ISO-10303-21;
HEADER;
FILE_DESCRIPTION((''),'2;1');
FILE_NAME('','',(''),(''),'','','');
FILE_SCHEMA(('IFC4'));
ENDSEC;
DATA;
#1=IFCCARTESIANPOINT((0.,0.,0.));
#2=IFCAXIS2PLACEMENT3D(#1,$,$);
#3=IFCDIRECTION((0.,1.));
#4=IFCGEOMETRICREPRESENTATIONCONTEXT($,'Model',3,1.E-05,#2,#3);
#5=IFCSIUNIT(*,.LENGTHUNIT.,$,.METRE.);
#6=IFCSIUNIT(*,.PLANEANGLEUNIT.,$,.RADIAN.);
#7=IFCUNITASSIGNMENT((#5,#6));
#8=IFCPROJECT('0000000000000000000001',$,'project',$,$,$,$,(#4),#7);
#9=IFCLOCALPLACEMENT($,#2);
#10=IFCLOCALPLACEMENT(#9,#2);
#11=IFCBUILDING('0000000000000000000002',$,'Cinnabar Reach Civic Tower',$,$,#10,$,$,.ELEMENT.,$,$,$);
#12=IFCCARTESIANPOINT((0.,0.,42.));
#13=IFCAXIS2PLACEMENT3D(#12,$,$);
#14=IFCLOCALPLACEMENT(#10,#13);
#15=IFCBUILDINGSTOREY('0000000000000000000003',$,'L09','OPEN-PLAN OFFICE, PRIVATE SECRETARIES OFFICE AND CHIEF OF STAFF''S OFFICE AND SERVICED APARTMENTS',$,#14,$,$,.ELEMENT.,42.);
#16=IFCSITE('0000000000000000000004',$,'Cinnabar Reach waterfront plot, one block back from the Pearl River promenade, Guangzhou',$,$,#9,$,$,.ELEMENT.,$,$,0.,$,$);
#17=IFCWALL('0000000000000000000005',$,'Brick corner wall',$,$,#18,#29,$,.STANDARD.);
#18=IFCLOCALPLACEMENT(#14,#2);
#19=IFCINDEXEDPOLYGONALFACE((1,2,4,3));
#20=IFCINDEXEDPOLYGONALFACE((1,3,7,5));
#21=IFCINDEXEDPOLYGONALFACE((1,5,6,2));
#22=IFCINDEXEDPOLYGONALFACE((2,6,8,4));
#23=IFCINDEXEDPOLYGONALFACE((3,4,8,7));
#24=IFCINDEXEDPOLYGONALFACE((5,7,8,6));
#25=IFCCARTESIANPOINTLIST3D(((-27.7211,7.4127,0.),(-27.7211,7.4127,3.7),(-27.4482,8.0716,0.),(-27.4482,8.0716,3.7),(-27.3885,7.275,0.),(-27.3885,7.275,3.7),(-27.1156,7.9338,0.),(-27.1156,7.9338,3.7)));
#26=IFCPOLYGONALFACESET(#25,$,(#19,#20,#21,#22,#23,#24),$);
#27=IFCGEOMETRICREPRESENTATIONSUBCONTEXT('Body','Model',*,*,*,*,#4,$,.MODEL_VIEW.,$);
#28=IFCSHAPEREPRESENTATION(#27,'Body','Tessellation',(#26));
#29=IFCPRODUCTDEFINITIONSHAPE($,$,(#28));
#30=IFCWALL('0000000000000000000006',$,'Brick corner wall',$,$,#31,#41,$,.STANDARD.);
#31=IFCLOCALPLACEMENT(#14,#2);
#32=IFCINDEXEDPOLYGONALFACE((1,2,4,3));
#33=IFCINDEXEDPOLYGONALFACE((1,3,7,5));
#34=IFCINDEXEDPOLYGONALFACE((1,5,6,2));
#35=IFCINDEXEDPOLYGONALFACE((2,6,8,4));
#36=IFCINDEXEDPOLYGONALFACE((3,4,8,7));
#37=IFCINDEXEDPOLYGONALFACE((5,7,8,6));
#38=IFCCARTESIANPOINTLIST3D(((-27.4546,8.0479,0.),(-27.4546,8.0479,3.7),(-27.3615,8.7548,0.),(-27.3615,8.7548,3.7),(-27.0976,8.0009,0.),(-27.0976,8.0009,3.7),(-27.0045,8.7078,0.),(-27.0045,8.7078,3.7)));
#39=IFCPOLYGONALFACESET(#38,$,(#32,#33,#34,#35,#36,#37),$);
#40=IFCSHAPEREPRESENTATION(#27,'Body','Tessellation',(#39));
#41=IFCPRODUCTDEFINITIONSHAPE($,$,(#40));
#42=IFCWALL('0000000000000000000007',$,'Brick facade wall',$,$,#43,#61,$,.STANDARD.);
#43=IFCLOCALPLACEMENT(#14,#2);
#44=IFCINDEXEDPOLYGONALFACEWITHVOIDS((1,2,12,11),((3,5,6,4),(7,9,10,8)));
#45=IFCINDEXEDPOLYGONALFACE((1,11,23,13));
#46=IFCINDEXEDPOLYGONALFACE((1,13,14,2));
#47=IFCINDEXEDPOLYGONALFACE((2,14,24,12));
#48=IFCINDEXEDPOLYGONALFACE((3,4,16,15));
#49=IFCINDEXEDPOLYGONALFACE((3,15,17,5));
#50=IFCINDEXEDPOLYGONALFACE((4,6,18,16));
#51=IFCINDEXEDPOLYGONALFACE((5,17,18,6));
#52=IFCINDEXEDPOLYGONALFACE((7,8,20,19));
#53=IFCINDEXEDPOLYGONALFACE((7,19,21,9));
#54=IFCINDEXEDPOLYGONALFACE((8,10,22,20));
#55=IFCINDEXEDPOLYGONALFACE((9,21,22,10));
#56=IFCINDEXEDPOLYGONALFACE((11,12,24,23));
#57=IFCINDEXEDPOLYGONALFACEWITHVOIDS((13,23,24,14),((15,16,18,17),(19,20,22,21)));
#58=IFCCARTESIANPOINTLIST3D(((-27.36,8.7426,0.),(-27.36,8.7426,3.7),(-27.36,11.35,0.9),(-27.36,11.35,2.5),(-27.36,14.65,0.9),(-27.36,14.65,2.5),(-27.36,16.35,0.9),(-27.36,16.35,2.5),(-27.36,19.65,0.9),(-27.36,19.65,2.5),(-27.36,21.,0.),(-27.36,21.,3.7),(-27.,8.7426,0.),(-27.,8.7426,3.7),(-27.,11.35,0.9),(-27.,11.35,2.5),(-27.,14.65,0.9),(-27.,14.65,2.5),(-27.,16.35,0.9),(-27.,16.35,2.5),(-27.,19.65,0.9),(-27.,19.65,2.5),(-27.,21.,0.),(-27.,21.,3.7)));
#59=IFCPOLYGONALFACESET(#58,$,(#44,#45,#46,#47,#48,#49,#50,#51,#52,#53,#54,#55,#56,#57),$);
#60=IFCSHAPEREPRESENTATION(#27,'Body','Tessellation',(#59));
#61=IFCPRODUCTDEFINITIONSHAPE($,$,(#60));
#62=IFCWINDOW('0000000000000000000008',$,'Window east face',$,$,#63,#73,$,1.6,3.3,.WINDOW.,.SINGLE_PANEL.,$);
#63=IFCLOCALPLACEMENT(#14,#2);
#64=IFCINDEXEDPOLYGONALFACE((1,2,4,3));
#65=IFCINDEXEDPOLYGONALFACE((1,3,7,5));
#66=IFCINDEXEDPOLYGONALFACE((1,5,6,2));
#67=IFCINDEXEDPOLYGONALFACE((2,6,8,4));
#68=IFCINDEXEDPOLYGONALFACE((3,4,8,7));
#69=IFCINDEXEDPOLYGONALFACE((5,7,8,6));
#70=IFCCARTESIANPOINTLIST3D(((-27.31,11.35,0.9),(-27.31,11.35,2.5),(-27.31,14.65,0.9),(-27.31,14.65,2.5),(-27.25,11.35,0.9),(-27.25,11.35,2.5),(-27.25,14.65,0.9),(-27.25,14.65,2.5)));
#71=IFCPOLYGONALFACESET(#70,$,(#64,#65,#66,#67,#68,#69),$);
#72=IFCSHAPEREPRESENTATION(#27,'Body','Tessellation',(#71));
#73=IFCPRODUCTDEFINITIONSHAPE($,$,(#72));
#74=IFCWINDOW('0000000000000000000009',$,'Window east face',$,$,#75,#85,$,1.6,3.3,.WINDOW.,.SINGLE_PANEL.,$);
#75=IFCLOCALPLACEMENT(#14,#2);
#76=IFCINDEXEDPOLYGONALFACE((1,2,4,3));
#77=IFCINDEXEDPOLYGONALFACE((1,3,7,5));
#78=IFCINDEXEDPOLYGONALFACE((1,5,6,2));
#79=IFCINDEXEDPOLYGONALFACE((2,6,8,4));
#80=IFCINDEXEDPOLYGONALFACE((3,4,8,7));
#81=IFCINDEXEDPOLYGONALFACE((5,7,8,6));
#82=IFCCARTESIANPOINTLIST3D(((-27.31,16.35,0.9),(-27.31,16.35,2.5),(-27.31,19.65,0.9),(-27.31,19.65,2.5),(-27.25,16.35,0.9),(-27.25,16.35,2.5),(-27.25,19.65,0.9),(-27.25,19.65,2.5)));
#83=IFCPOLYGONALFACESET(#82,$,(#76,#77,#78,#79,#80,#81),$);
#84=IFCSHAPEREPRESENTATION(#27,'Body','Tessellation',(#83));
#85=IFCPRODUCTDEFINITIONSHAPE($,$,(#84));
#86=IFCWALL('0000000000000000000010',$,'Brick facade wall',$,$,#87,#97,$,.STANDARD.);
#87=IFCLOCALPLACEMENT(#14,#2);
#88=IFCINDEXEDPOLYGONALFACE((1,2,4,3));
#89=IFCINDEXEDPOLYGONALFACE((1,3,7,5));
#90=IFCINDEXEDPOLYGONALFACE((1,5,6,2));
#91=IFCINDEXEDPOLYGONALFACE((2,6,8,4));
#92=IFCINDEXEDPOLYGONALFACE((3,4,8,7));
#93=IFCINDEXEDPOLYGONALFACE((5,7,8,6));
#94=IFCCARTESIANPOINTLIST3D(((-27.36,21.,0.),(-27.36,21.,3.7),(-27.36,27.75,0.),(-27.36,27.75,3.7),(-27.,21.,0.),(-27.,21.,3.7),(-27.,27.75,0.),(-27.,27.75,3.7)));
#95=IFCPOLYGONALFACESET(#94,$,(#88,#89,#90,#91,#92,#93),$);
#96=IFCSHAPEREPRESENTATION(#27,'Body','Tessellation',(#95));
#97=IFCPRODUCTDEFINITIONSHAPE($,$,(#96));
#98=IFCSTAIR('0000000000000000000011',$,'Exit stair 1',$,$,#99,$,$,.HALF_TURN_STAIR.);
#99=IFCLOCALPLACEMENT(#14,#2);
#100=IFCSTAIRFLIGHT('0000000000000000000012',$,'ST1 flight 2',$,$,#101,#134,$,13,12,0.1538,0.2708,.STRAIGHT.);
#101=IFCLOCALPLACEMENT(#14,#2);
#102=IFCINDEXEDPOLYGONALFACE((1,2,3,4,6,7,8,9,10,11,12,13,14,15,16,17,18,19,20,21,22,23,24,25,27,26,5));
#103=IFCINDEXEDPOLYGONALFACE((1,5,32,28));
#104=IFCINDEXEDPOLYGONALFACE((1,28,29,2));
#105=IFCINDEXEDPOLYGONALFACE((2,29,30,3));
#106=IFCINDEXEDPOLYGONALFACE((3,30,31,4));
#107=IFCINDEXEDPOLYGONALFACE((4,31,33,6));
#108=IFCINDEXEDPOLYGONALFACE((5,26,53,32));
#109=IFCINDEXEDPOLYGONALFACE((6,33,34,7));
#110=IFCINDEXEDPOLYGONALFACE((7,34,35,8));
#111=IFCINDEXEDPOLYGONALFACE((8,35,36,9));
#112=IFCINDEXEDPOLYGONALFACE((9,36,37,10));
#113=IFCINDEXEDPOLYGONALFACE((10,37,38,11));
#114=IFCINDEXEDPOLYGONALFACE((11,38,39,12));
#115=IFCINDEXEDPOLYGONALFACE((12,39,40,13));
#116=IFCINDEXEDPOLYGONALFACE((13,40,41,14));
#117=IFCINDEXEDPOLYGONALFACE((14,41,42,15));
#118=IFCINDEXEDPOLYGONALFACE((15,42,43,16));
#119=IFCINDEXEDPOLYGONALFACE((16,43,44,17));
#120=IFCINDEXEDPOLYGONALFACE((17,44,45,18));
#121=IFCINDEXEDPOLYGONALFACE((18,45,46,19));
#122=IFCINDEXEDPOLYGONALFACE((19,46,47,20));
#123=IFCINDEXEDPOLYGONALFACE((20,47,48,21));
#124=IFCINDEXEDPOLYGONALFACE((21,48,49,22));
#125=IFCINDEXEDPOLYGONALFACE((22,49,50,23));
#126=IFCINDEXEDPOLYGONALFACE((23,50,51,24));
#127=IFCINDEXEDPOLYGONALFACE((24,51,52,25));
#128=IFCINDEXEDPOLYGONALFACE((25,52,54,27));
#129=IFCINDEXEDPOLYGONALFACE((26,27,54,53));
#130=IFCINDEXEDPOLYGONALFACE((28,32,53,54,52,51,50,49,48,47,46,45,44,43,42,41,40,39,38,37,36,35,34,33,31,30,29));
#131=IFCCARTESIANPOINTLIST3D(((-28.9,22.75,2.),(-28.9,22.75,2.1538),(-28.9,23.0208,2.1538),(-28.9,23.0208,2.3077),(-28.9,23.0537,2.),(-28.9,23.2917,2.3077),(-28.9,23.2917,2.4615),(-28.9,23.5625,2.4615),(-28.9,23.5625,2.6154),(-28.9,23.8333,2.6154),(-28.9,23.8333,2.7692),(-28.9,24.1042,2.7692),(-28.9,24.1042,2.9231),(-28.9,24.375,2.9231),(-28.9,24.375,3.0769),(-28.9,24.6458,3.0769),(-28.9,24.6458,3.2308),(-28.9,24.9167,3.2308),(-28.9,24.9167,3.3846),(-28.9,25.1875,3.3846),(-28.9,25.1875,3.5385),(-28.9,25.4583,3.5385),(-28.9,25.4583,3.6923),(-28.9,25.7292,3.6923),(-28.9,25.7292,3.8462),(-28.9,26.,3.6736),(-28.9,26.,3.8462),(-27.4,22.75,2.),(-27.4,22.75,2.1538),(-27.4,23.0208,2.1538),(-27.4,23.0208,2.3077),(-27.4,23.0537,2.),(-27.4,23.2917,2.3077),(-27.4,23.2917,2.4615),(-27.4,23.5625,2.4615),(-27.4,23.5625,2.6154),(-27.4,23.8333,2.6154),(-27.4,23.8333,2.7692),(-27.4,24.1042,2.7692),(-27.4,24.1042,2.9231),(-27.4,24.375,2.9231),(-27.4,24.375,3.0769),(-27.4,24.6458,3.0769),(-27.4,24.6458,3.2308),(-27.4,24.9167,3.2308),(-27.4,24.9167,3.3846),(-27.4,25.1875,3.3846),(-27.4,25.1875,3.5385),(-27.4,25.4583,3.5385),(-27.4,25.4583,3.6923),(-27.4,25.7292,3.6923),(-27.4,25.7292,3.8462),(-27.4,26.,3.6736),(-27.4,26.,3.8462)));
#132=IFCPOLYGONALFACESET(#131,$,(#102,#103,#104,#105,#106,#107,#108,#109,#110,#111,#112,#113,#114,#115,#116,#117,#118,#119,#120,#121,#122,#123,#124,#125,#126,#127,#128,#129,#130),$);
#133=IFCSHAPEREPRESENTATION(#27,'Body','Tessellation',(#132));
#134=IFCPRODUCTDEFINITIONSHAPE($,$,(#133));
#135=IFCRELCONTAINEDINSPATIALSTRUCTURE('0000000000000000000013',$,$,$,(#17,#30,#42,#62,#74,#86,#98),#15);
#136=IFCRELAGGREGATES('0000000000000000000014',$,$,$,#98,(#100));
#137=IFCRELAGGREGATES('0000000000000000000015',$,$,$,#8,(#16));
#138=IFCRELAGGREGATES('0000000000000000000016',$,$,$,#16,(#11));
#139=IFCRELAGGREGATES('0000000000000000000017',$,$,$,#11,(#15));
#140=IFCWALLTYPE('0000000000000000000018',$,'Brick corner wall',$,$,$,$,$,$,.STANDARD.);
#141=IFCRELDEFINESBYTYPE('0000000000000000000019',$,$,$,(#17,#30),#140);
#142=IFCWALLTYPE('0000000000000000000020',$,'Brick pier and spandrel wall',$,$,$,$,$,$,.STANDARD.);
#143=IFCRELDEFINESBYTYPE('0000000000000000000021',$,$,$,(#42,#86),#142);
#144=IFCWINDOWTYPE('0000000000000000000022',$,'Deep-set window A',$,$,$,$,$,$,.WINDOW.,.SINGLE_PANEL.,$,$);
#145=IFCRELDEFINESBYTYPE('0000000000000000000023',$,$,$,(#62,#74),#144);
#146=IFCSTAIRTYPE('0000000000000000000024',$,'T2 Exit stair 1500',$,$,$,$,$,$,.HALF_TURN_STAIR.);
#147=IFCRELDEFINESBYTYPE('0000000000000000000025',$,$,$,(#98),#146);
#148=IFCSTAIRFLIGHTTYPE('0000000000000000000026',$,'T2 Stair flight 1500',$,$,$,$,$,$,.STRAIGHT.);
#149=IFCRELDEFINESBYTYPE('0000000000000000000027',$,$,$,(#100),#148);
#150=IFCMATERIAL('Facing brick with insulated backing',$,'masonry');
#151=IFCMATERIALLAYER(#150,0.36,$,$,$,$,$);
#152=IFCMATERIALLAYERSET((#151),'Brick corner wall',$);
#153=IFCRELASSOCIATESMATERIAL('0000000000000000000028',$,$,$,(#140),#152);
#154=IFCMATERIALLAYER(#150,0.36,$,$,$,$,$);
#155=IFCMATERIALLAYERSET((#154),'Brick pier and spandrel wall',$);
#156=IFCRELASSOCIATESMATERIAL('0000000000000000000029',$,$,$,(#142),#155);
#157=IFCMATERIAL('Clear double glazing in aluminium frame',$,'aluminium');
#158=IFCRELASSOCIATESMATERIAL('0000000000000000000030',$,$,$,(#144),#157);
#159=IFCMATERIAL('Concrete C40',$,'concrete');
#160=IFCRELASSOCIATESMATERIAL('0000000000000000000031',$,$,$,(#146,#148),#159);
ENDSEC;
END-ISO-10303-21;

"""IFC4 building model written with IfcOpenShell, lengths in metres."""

from ifc_helpers import new_model, si_unit, direction, frame, frame_2d, origin, place, context, subcontext, project, spatial, polyline, rectangle, outline, extrude, material, layer, layer_set, type_object, element, fill, aggregate, save


model = new_model("IFC4")

# Units and contexts
model_context = context("Model", 3, precision=1e-05, world=origin(), true_north=direction((0.0, 1.0)))
body_context = subcontext(model_context, "Body", "Model", "MODEL_VIEW")
ifc_project = project(units=[si_unit("LENGTHUNIT", "METRE"), si_unit("PLANEANGLEUNIT", "RADIAN")], contexts=[model_context])

# Site, building, storey
site_placement = place(None, origin())
site = spatial("IfcSite", under=ifc_project, at=site_placement, Name="Cinnabar Reach waterfront plot, one block back from the Pearl River promenade, Guangzhou", CompositionType="ELEMENT", RefElevation=0.0)
building_placement = place(site_placement, origin())
building = spatial("IfcBuilding", under=site, at=building_placement, Name="Cinnabar Reach Civic Tower", CompositionType="ELEMENT")
storey_placement = place(building_placement, frame((0.0, 0.0, 42.0)))
storey = spatial("IfcBuildingStorey", under=building, at=storey_placement, Name="L09", Description="OPEN-PLAN OFFICE, PRIVATE SECRETARIES OFFICE AND CHIEF OF STAFF'S OFFICE AND SERVICED APARTMENTS", CompositionType="ELEMENT", Elevation=42.0)

# Shared definitions
ifc_material_1 = material(Name="Concrete C40", Category="concrete")

# Walls
ifc_material_2 = material(Name="Facing brick with insulated backing", Category="masonry")
ifc_layer_1 = layer(ifc_material_2, 0.36)
ifc_layer_set_1 = layer_set([ifc_layer_1], Name="Brick corner wall")
wall_type_1 = type_object("IfcWallType", Name="Brick corner wall", PredefinedType="STANDARD", material=ifc_layer_set_1)
for number, where, z_axis, x_axis, name in (
    (1, (-27.5548, 7.3439, 0.0), (0.0, 0.0, 1.0), (0.382703, 0.923872, 0.0), "Brick corner wall"),
    (2, (-27.2761, 8.0244, 0.0), (0.0, 0.0, 1.0), (0.130556, 0.991441, 0.0), "Brick corner wall"),
):
    element("IfcWall", number, at=place(storey_placement, frame(where, z_axis=z_axis, x_axis=x_axis)), inside=storey, type_object=wall_type_1, Name=name, PredefinedType="STANDARD", context=body_context, shape_type="SweptSolid", body=[
        extrude(rectangle(XDim=0.7131, YDim=0.36, at=frame_2d((0.3565, 0.0))), origin(), (0.0, 0.0, 1.0), 3.7),
    ])

# Wall, openings, windows
ifc_layer_2 = layer(ifc_material_2, 0.36)
ifc_layer_set_2 = layer_set([ifc_layer_2], Name="Brick pier and spandrel wall")
wall_type_2 = type_object("IfcWallType", Name="Brick pier and spandrel wall", PredefinedType="STANDARD", material=ifc_layer_set_2)
wall_1_placement = place(storey_placement, frame((-27.18, 8.7426, 0.0), z_axis=(0.0, 0.0, 1.0), x_axis=(0.0, 1.0, 0.0)))
wall_1 = element("IfcWall", 3, at=wall_1_placement, inside=storey, type_object=wall_type_2, Name="Brick facade wall", PredefinedType="STANDARD", context=body_context, shape_type="SweptSolid", body=[
    extrude(rectangle(XDim=12.2574, YDim=0.36, at=frame_2d((6.1287, 0.0))), origin(), (0.0, 0.0, 1.0), 3.7),
])
opening_1_placement = place(wall_1_placement, frame((2.6074, 0.0, 0.9)))
opening_1 = element("IfcOpeningElement", 4, at=opening_1_placement, cuts=wall_1, PredefinedType="OPENING", context=body_context, shape_type="SweptSolid", body=[
    extrude(rectangle(XDim=3.3, YDim=1.6, at=frame_2d((1.65, 0.8))), frame((0.0, 0.19, 0.0), z_axis=(0.0, -1.0, 0.0), x_axis=(1.0, 0.0, 0.0)), (0.0, 0.0, 1.0), 0.38),
])
opening_2_placement = place(wall_1_placement, frame((7.6074, 0.0, 0.9)))
opening_2 = element("IfcOpeningElement", 5, at=opening_2_placement, cuts=wall_1, PredefinedType="OPENING", context=body_context, shape_type="SweptSolid", body=[
    extrude(rectangle(XDim=3.3, YDim=1.6, at=frame_2d((1.65, 0.8))), frame((0.0, 0.19, 0.0), z_axis=(0.0, -1.0, 0.0), x_axis=(1.0, 0.0, 0.0)), (0.0, 0.0, 1.0), 0.38),
])
ifc_material_3 = material(Name="Clear double glazing in aluminium frame", Category="aluminium")
window_type = type_object("IfcWindowType", Name="Deep-set window A", PartitioningType="SINGLE_PANEL", PredefinedType="WINDOW", material=ifc_material_3)
window_1_placement = place(opening_1_placement, origin())
window_1 = element("IfcWindow", 6, at=window_1_placement, inside=storey, type_object=window_type, Name="Window east face", OverallHeight=1.6, OverallWidth=3.3, PartitioningType="SINGLE_PANEL", PredefinedType="WINDOW", context=body_context, shape_type="SweptSolid", body=[
    extrude(rectangle(XDim=3.3, YDim=1.6, at=frame_2d((1.65, 0.8))), frame((0.0, 0.13, 0.0), z_axis=(0.0, -1.0, 0.0), x_axis=(1.0, 0.0, 0.0)), (0.0, 0.0, 1.0), 0.06),
])
fill(opening_1, window_1)
window_2_placement = place(opening_2_placement, origin())
window_2 = element("IfcWindow", 7, at=window_2_placement, inside=storey, type_object=window_type, Name="Window east face", OverallHeight=1.6, OverallWidth=3.3, PartitioningType="SINGLE_PANEL", PredefinedType="WINDOW", context=body_context, shape_type="SweptSolid", body=[
    extrude(rectangle(XDim=3.3, YDim=1.6, at=frame_2d((1.65, 0.8))), frame((0.0, 0.13, 0.0), z_axis=(0.0, -1.0, 0.0), x_axis=(1.0, 0.0, 0.0)), (0.0, 0.0, 1.0), 0.06),
])
fill(opening_2, window_2)

# Wall
wall_2_placement = place(storey_placement, frame((-27.18, 21.0, 0.0), z_axis=(0.0, 0.0, 1.0), x_axis=(0.0, 1.0, 0.0)))
element("IfcWall", 8, at=wall_2_placement, inside=storey, type_object=wall_type_2, Name="Brick facade wall", PredefinedType="STANDARD", context=body_context, shape_type="SweptSolid", body=[
    extrude(rectangle(XDim=6.75, YDim=0.36, at=frame_2d((3.375, 0.0))), origin(), (0.0, 0.0, 1.0), 3.7),
])

# Stair, stair flight
stair_type = type_object("IfcStairType", Name="T2 Exit stair 1500", PredefinedType="HALF_TURN_STAIR", material=ifc_material_1)
stair_placement = place(storey_placement, origin())
stair = element("IfcStair", 9, at=stair_placement, inside=storey, type_object=stair_type, Name="Exit stair 1", PredefinedType="HALF_TURN_STAIR")
stair_flight_type = type_object("IfcStairFlightType", Name="T2 Stair flight 1500", PredefinedType="STRAIGHT", material=ifc_material_1)
stair_flight_placement = place(storey_placement, frame((-28.15, 22.75, 2.0), z_axis=(0.0, 0.0, 1.0), x_axis=(0.0, 1.0, 0.0)))
stair_flight = element("IfcStairFlight", 10, at=stair_flight_placement, type_object=stair_flight_type, Name="ST1 flight 2", NumberOfRisers=13, NumberOfTreads=12, PredefinedType="STRAIGHT", RiserHeight=0.1538, TreadLength=0.2708, context=body_context, shape_type="SweptSolid", body=[
    extrude(outline(polyline([(0.0, 0.0), (0.0, 0.1538), (0.2708, 0.1538), (0.2708, 0.3077), (0.5417, 0.3077), (0.5417, 0.4615), (0.8125, 0.4615), (0.8125, 0.6154), (1.0833, 0.6154), (1.0833, 0.7692), (1.3542, 0.7692), (1.3542, 0.9231), (1.625, 0.9231), (1.625, 1.0769), (1.8958, 1.0769), (1.8958, 1.2308), (2.1667, 1.2308), (2.1667, 1.3846), (2.4375, 1.3846), (2.4375, 1.5385), (2.7083, 1.5385), (2.7083, 1.6923), (2.9792, 1.6923), (2.9792, 1.8462), (3.25, 1.8462), (3.25, 2.0), (3.25, 1.6736), (0.3037, 0.0), (0.0, 0.0)])), frame((0.0, 0.75, 0.0), z_axis=(0.0, -1.0, 0.0), x_axis=(1.0, 0.0, 0.0)), (0.0, 0.0, 1.0), 1.5),
])
aggregate(stair, [stair_flight])

save(model, "model.ifc")
